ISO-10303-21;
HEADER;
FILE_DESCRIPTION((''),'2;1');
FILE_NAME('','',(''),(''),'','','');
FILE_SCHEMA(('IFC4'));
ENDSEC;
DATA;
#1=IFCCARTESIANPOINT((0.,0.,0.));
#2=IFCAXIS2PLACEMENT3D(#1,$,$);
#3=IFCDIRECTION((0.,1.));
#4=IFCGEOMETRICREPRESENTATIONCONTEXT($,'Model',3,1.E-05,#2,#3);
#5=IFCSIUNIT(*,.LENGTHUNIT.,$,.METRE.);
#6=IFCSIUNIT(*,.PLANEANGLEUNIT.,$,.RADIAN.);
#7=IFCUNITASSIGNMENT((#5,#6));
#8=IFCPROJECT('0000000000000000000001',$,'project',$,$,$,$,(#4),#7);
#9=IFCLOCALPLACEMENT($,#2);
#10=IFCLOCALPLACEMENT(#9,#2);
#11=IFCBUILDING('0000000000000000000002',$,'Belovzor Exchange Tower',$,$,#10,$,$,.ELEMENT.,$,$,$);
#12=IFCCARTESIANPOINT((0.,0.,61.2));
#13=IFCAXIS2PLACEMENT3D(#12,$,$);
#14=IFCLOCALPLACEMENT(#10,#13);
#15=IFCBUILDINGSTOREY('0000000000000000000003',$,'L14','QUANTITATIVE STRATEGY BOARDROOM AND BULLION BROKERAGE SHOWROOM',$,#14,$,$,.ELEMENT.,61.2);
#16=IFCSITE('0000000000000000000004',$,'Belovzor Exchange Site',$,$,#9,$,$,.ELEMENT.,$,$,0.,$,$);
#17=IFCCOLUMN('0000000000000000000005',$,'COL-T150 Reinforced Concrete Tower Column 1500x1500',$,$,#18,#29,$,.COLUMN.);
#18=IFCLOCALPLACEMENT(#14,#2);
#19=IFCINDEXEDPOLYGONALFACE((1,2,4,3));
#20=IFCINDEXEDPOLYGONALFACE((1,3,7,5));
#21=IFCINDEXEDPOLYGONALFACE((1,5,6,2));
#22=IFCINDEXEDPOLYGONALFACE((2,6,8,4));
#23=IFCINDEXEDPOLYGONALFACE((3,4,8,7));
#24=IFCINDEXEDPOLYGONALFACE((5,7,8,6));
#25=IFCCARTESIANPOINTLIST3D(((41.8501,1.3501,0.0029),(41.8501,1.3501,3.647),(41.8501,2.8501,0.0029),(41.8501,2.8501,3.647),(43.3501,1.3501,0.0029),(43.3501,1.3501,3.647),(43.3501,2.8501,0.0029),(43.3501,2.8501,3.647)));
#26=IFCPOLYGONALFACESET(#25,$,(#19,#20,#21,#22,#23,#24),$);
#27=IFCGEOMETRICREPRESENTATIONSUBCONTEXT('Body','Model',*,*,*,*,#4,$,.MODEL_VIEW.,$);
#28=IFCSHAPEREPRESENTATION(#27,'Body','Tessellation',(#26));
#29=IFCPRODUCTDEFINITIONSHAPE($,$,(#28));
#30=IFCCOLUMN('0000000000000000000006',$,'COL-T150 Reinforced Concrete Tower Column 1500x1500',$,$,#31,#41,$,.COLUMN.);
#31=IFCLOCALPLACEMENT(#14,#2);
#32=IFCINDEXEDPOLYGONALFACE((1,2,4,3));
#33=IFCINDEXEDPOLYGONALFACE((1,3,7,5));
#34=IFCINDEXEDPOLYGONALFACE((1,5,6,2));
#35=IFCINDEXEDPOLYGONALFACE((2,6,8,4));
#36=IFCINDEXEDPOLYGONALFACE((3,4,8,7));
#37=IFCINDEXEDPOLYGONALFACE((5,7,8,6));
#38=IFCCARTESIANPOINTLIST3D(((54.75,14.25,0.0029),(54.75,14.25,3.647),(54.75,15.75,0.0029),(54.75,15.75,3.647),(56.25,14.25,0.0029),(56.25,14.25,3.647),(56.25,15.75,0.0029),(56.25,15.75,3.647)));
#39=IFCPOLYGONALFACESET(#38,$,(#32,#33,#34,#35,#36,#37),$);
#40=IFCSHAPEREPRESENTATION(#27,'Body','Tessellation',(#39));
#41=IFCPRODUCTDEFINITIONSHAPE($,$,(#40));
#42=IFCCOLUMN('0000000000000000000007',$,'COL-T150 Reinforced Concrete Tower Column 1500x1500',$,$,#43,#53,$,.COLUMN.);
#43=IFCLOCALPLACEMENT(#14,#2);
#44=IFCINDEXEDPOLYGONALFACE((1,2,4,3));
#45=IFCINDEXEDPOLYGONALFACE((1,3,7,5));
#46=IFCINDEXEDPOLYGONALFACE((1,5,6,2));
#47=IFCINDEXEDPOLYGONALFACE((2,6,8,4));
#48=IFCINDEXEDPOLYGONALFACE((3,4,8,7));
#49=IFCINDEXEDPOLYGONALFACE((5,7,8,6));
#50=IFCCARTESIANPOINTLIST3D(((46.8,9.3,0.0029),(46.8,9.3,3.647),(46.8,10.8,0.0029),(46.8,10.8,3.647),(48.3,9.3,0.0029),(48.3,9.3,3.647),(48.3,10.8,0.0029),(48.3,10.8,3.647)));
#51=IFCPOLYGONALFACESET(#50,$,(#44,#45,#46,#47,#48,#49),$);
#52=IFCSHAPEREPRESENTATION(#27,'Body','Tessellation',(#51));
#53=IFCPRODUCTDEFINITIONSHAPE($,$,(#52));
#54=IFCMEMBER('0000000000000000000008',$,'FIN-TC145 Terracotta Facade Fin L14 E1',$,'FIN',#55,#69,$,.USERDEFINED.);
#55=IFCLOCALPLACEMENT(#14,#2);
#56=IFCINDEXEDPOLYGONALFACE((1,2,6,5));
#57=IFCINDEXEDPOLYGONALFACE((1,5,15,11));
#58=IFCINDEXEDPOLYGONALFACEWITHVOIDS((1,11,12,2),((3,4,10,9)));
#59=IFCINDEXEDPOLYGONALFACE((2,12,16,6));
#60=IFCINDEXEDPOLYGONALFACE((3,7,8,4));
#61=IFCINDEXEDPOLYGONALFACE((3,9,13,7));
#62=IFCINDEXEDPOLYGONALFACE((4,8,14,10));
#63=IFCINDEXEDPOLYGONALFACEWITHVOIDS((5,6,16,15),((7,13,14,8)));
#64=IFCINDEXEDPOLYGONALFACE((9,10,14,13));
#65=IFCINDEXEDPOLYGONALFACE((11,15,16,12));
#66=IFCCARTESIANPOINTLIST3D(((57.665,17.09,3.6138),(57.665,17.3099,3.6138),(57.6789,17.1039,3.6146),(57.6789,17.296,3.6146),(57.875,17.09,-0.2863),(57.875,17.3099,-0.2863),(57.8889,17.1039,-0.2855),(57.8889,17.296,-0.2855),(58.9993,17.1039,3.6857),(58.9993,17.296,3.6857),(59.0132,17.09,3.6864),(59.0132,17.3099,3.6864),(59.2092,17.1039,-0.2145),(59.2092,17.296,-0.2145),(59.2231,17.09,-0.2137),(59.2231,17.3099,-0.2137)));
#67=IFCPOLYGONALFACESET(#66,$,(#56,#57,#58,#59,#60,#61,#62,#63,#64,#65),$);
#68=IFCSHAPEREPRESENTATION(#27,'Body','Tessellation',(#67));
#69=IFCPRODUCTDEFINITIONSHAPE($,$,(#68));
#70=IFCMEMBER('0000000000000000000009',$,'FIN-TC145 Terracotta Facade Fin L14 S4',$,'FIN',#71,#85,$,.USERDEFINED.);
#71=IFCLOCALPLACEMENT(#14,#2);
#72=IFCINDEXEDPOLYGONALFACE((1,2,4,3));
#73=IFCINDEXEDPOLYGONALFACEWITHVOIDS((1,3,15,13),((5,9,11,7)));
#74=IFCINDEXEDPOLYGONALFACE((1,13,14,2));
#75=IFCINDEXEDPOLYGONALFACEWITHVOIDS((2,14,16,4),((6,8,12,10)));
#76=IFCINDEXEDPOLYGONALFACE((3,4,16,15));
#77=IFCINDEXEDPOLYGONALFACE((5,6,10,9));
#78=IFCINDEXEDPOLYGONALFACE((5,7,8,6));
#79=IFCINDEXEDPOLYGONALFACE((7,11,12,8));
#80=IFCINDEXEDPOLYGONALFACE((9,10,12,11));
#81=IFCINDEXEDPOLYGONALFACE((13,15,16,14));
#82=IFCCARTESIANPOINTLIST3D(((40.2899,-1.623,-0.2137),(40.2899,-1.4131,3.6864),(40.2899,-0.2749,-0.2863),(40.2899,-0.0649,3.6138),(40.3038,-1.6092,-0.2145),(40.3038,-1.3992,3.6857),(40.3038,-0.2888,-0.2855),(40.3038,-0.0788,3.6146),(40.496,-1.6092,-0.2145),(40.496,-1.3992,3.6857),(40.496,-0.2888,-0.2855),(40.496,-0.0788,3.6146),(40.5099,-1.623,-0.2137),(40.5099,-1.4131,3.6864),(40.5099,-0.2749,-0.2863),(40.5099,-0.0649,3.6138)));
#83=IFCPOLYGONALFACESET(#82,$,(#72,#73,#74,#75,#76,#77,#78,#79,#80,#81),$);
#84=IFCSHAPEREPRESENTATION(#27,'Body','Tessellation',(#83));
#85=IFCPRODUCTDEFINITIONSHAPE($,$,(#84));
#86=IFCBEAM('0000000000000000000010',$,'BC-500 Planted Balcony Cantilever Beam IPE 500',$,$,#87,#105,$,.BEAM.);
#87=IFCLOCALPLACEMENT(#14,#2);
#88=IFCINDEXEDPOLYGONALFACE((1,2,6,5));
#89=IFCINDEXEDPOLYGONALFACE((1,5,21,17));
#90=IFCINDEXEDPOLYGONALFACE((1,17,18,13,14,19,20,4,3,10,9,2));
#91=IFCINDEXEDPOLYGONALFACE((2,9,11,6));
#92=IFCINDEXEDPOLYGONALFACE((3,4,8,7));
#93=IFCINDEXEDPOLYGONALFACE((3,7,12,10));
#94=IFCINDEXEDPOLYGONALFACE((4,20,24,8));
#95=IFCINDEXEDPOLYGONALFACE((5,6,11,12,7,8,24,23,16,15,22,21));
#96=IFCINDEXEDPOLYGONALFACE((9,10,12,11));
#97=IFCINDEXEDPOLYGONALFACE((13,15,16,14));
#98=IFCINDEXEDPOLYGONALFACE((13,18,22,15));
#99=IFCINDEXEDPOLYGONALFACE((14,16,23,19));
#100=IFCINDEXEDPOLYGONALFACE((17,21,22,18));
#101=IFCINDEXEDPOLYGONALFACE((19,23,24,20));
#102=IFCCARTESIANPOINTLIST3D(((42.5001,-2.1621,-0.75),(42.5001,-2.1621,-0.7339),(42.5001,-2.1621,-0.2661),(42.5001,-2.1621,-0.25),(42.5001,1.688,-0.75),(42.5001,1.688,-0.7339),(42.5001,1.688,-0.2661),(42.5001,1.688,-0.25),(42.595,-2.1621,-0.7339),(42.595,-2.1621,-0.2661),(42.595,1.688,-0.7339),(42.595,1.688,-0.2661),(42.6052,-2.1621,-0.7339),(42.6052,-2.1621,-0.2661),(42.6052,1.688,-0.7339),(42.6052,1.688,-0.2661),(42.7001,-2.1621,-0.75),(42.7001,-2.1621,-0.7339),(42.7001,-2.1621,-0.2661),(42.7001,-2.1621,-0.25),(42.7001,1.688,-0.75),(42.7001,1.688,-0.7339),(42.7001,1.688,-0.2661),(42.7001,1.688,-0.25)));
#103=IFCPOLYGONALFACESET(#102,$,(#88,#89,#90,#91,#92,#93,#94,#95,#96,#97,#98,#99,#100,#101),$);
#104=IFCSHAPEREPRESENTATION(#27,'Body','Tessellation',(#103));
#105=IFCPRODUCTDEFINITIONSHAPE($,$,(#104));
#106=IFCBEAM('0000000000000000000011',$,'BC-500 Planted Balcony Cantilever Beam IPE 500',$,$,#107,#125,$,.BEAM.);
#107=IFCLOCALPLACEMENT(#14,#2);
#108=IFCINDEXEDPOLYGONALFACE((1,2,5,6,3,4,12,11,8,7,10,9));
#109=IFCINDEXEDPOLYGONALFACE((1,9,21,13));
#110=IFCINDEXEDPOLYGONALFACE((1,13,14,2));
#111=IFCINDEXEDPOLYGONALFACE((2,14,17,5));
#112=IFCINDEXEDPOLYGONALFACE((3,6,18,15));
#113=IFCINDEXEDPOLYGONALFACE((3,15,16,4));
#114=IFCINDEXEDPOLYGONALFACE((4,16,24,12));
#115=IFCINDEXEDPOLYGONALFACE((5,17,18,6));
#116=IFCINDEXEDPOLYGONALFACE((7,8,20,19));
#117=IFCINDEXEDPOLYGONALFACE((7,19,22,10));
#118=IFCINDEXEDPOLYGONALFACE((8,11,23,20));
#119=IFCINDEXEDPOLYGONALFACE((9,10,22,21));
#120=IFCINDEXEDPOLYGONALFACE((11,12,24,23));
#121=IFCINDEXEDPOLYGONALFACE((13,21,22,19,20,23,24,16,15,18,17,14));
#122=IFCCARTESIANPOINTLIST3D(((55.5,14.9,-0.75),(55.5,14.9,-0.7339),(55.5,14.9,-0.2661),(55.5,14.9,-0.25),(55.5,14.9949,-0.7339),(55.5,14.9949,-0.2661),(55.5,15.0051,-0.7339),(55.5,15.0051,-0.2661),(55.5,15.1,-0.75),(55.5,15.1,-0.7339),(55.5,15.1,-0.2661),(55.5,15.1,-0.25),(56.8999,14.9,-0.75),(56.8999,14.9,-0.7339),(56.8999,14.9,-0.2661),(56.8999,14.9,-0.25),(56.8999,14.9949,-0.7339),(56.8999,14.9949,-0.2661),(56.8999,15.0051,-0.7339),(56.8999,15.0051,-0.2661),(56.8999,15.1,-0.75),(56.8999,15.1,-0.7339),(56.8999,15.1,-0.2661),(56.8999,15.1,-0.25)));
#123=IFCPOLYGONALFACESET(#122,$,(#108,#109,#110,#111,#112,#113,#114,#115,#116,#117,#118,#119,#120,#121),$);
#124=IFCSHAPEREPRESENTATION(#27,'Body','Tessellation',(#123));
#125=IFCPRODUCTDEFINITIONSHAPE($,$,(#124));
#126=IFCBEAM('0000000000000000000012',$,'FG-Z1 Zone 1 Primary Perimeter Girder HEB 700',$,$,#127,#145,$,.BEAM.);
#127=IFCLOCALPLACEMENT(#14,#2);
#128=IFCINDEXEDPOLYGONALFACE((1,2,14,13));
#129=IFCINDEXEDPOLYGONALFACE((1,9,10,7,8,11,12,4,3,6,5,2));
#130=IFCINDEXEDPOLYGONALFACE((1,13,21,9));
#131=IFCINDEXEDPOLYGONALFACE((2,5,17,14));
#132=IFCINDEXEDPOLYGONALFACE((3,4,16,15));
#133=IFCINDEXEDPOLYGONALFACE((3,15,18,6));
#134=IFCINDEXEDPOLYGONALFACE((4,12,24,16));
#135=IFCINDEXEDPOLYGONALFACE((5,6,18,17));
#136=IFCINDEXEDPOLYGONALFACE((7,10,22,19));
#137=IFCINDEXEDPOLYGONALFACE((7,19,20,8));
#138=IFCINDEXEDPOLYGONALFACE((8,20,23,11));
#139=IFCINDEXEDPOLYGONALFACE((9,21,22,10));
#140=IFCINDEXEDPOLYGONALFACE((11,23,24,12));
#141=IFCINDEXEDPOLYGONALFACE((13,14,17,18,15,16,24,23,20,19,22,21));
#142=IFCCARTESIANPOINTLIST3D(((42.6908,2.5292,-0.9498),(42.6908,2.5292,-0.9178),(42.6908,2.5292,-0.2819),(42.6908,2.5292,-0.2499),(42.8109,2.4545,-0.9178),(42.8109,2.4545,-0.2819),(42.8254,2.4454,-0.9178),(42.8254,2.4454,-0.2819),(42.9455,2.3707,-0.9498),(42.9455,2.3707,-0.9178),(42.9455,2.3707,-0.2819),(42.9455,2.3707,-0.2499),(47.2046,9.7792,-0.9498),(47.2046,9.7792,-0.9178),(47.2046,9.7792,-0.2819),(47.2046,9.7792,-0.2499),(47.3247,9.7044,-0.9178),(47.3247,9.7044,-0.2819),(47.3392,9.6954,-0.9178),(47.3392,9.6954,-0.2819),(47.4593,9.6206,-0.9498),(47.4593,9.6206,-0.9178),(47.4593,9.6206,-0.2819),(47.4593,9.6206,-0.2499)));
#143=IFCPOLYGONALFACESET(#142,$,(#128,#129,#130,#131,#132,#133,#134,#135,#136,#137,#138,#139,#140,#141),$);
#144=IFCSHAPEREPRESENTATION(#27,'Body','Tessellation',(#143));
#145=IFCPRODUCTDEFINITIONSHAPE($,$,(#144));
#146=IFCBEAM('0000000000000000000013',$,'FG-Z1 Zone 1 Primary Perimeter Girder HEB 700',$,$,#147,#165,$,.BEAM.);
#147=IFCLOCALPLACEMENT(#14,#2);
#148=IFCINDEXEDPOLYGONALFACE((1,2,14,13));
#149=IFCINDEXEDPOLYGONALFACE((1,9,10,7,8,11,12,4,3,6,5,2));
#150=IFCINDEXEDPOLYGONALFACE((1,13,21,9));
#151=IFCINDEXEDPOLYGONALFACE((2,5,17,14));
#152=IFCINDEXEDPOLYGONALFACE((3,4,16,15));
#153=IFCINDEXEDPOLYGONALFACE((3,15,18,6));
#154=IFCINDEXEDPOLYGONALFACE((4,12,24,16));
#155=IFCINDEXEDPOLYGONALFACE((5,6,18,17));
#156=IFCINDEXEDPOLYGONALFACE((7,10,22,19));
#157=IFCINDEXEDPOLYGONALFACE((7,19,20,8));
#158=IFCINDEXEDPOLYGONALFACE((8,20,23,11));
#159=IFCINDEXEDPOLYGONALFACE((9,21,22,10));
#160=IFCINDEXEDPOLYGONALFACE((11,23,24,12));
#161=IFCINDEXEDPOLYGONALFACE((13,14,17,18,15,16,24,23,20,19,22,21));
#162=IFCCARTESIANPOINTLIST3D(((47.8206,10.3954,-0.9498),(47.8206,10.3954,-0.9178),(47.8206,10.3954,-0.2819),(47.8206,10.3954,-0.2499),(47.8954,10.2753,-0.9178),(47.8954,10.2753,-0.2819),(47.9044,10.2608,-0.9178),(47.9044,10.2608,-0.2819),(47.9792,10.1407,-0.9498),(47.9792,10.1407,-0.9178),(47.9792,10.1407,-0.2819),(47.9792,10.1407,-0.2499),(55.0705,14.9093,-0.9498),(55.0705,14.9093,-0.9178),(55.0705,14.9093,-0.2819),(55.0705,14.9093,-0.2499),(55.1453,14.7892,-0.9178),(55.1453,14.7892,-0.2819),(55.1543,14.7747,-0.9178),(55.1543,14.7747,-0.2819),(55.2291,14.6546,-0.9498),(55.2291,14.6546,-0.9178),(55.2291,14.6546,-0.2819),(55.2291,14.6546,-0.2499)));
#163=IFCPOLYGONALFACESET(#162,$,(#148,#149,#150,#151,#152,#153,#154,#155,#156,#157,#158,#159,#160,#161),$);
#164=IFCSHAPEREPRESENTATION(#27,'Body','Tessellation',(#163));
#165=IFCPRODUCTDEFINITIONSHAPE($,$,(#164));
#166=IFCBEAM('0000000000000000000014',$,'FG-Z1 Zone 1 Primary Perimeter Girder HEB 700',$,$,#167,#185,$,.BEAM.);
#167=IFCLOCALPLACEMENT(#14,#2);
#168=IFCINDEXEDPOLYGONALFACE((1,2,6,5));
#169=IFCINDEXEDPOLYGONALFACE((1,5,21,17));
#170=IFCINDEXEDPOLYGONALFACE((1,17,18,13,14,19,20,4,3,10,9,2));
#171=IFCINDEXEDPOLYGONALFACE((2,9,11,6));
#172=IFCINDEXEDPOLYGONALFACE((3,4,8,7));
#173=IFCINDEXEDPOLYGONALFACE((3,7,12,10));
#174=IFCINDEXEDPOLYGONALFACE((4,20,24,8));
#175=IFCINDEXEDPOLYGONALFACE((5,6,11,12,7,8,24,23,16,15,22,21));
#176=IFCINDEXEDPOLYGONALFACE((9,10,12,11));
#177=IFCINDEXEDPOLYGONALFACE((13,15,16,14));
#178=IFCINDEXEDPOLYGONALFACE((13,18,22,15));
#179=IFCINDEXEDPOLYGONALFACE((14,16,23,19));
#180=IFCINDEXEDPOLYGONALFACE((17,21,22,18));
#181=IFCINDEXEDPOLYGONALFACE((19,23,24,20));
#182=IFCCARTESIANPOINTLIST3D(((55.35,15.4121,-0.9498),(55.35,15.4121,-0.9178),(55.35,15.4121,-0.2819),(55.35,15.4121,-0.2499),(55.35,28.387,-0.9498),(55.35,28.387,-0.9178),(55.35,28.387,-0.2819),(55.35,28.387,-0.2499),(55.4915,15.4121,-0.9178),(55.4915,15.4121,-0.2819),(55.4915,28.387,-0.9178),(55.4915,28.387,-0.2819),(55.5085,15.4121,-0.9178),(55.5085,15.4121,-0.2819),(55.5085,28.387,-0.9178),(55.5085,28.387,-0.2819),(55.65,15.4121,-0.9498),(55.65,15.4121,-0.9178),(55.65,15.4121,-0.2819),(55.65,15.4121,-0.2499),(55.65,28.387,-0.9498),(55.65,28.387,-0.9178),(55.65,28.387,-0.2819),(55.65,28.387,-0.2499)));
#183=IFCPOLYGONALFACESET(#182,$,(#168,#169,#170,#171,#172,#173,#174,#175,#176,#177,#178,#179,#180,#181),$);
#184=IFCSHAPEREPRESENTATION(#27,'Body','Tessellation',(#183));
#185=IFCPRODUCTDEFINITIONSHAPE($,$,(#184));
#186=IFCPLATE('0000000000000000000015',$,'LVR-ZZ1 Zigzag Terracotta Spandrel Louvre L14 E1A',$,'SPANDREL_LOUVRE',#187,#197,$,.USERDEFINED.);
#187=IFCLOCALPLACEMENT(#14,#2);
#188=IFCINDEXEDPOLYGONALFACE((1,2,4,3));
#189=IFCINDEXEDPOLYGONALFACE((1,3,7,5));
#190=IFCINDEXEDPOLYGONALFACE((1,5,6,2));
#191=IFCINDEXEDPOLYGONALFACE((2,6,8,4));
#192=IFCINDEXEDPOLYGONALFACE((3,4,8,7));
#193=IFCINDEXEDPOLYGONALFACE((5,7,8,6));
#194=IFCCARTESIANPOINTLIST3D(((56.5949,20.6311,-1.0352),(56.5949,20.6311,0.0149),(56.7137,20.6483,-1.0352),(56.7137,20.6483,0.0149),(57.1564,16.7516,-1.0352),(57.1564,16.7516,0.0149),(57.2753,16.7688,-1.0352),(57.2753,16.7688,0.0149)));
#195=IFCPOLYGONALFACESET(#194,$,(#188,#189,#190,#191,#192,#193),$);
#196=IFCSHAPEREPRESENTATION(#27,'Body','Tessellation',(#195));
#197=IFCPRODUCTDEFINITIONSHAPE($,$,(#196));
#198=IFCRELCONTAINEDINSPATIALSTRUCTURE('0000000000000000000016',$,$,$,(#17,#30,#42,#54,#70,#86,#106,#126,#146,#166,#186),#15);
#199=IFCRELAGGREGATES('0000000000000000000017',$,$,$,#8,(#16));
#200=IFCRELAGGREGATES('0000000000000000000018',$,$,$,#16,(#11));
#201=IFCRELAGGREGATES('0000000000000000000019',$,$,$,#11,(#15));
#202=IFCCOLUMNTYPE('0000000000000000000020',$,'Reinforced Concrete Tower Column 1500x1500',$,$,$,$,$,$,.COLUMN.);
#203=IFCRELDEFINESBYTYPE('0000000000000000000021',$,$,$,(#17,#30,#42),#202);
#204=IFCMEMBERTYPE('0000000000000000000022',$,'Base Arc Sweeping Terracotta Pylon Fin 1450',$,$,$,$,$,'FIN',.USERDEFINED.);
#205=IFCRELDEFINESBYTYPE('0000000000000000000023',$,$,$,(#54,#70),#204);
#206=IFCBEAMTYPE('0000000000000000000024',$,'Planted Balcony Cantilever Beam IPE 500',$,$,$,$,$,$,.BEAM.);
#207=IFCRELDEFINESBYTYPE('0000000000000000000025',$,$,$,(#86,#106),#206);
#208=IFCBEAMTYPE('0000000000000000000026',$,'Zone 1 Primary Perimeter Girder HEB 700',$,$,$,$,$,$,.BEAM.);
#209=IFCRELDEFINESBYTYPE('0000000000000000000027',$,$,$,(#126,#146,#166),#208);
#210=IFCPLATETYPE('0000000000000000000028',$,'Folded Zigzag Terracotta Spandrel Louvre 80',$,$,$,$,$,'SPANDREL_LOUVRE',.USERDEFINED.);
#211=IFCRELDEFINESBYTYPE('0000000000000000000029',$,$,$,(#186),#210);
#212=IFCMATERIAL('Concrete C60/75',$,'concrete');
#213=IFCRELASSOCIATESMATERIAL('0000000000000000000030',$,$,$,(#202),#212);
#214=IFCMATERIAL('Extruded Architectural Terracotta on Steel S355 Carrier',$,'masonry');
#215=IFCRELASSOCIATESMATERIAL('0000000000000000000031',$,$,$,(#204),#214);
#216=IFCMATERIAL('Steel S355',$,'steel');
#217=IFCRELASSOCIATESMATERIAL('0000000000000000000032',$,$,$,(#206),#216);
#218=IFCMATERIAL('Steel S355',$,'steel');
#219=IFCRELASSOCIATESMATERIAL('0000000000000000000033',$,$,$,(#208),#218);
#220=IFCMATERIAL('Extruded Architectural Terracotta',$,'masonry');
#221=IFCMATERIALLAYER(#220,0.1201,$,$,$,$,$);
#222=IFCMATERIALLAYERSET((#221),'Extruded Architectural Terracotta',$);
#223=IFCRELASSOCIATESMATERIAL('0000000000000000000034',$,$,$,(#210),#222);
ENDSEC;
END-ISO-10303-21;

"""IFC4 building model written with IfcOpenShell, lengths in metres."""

from ifc_helpers import new_model, si_unit, direction, frame, origin, origin_2d, place, context, subcontext, project, spatial, rectangle, hollow_rectangle, i_section, extrude, material, layer, layer_set, material_profile, profile_set, type_object, element, save


model = new_model("IFC4")

# Units and contexts
model_context = context("Model", 3, precision=1e-05, world=origin(), true_north=direction((0.0, 1.0)))
body_context = subcontext(model_context, "Body", "Model", "MODEL_VIEW")
ifc_project = project(units=[si_unit("LENGTHUNIT", "METRE"), si_unit("PLANEANGLEUNIT", "RADIAN")], contexts=[model_context])

# Site, building, storey
site_placement = place(None, origin())
site = spatial("IfcSite", under=ifc_project, at=site_placement, Name="Belovzor Exchange Site", CompositionType="ELEMENT", RefElevation=0.0)
building_placement = place(site_placement, origin())
building = spatial("IfcBuilding", under=site, at=building_placement, Name="Belovzor Exchange Tower", CompositionType="ELEMENT")
storey_placement = place(building_placement, frame((0.0, 0.0, 61.2)))
storey = spatial("IfcBuildingStorey", under=building, at=storey_placement, Name="L14", Description="QUANTITATIVE STRATEGY BOARDROOM AND BULLION BROKERAGE SHOWROOM", CompositionType="ELEMENT", Elevation=61.2)

# Columns
ifc_material_1 = material(Name="Concrete C60/75", Category="concrete")
ifc_material_profile_1 = material_profile(ifc_material_1, rectangle(XDim=1.5, YDim=1.5, at=origin_2d()))
ifc_profile_set_1 = profile_set([ifc_material_profile_1], Name="Concrete C60/75")
column_type = type_object("IfcColumnType", Name="Reinforced Concrete Tower Column 1500x1500", PredefinedType="COLUMN", material=ifc_profile_set_1)
for number, where, z_axis, x_axis, name in (
    (1, (42.6001, 2.1001, 0.0029), (0.0, 0.0, 1.0), (1.0, 0.0, 0.0), "COL-T150 Reinforced Concrete Tower Column 1500x1500"),
    (2, (55.5, 15.0, 0.0029), (0.0, 0.0, 1.0), (1.0, 0.0, 0.0), "COL-T150 Reinforced Concrete Tower Column 1500x1500"),
    (3, (47.55, 10.05, 0.0029), (0.0, 0.0, 1.0), (1.0, 0.0, 0.0), "COL-T150 Reinforced Concrete Tower Column 1500x1500"),
):
    element("IfcColumn", number, at=place(storey_placement, frame(where, z_axis=z_axis, x_axis=x_axis)), inside=storey, type_object=column_type, Name=name, PredefinedType="COLUMN", context=body_context, shape_type="SweptSolid", body=[
        extrude(rectangle(XDim=1.5, YDim=1.5, at=origin_2d()), origin(), (0.0, 0.0, 1.0), 3.644),
    ])

# Members
ifc_material_2 = material(Name="Extruded Architectural Terracotta on Steel S355 Carrier", Category="masonry")
ifc_material_profile_2 = material_profile(ifc_material_2, hollow_rectangle(XDim=0.22, YDim=1.3501, WallThickness=0.0139, at=origin_2d()))
ifc_profile_set_2 = profile_set([ifc_material_profile_2], Name="Extruded Architectural Terracotta on Steel S355 Carrier")
member_type = type_object("IfcMemberType", Name="Base Arc Sweeping Terracotta Pylon Fin 1450", ElementType="FIN", PredefinedType="USERDEFINED", material=ifc_profile_set_2)
for number, where, z_axis, x_axis, name in (
    (4, (58.5491, 17.2, -0.25), (-0.053756, 0.0, 0.998554), (0.0, -1.0, 0.0), "FIN-TC145 Terracotta Facade Fin L14 E1"),
    (5, (40.3999, -0.949, -0.25), (0.0, 0.053756, 0.998554), (-1.0, 0.0, 0.0), "FIN-TC145 Terracotta Facade Fin L14 S4"),
):
    element("IfcMember", number, at=place(storey_placement, frame(where, z_axis=z_axis, x_axis=x_axis)), inside=storey, type_object=member_type, Name=name, ObjectType="FIN", PredefinedType="USERDEFINED", context=body_context, shape_type="SweptSolid", body=[
        extrude(hollow_rectangle(XDim=0.22, YDim=1.3501, WallThickness=0.0139, at=origin_2d()), origin(), (0.0, 0.0, 1.0), 3.9058),
    ])

# Beams
ifc_material_3 = material(Name="Steel S355", Category="steel")
ifc_material_profile_3 = material_profile(ifc_material_3, i_section(OverallWidth=0.2, OverallDepth=0.5, WebThickness=0.0103, FlangeThickness=0.0161, at=origin_2d()))
ifc_profile_set_3 = profile_set([ifc_material_profile_3], Name="Steel S355")
beam_type_1 = type_object("IfcBeamType", Name="Planted Balcony Cantilever Beam IPE 500", PredefinedType="BEAM", material=ifc_profile_set_3)
beam_1_placement = place(storey_placement, frame((42.6001, 1.688, -0.5), z_axis=(0.0, -1.0, 0.0), x_axis=(1.0, 0.0, 0.0)))
element("IfcBeam", 6, at=beam_1_placement, inside=storey, type_object=beam_type_1, Name="BC-500 Planted Balcony Cantilever Beam IPE 500", PredefinedType="BEAM", context=body_context, shape_type="SweptSolid", body=[
    extrude(i_section(OverallWidth=0.2, OverallDepth=0.5, WebThickness=0.0103, FlangeThickness=0.0161, at=origin_2d()), origin(), (0.0, 0.0, 1.0), 3.8501),
])
beam_2_placement = place(storey_placement, frame((55.5, 15.0, -0.5), z_axis=(1.0, 0.0, 0.0), x_axis=(0.0, 1.0, 0.0)))
element("IfcBeam", 7, at=beam_2_placement, inside=storey, type_object=beam_type_1, Name="BC-500 Planted Balcony Cantilever Beam IPE 500", PredefinedType="BEAM", context=body_context, shape_type="SweptSolid", body=[
    extrude(i_section(OverallWidth=0.2, OverallDepth=0.5, WebThickness=0.0103, FlangeThickness=0.0161, at=origin_2d()), origin(), (0.0, 0.0, 1.0), 1.3999),
])
ifc_material_4 = material(Name="Steel S355", Category="steel")
ifc_material_profile_4 = material_profile(ifc_material_4, i_section(OverallWidth=0.3, OverallDepth=0.7, WebThickness=0.0171, FlangeThickness=0.032, at=origin_2d()))
ifc_profile_set_4 = profile_set([ifc_material_profile_4], Name="Steel S355")
beam_type_2 = type_object("IfcBeamType", Name="Zone 1 Primary Perimeter Girder HEB 700", PredefinedType="BEAM", material=ifc_profile_set_4)
for number, where, z_axis, x_axis, name in (
    (8, (42.8181, 2.45, -0.5999), (0.528539, 0.848909, 0.0), (-0.848909, 0.528539, 0.0), "FG-Z1 Zone 1 Primary Perimeter Girder HEB 700"),
    (9, (47.8999, 10.2681, -0.5999), (0.848909, 0.528539, 0.0), (-0.528539, 0.848909, 0.0), "FG-Z1 Zone 1 Primary Perimeter Girder HEB 700"),
):
    element("IfcBeam", number, at=place(storey_placement, frame(where, z_axis=z_axis, x_axis=x_axis)), inside=storey, type_object=beam_type_2, Name=name, PredefinedType="BEAM", context=body_context, shape_type="SweptSolid", body=[
        extrude(i_section(OverallWidth=0.3, OverallDepth=0.7, WebThickness=0.0171, FlangeThickness=0.032, at=origin_2d()), origin(), (0.0, 0.0, 1.0), 8.5403),
    ])
beam_3_placement = place(storey_placement, frame((55.5, 15.4121, -0.5999), z_axis=(0.0, 1.0, 0.0), x_axis=(-1.0, 0.0, 0.0)))
element("IfcBeam", 10, at=beam_3_placement, inside=storey, type_object=beam_type_2, Name="FG-Z1 Zone 1 Primary Perimeter Girder HEB 700", PredefinedType="BEAM", context=body_context, shape_type="SweptSolid", body=[
    extrude(i_section(OverallWidth=0.3, OverallDepth=0.7, WebThickness=0.0171, FlangeThickness=0.032, at=origin_2d()), origin(), (0.0, 0.0, 1.0), 12.9749),
])

# Plate
ifc_material_5 = material(Name="Extruded Architectural Terracotta", Category="masonry")
ifc_layer_1 = layer(ifc_material_5, 0.1201)
ifc_layer_set_1 = layer_set([ifc_layer_1], Name="Extruded Architectural Terracotta")
plate_type = type_object("IfcPlateType", Name="Folded Zigzag Terracotta Spandrel Louvre 80", ElementType="SPANDREL_LOUVRE", PredefinedType="USERDEFINED", material=ifc_layer_set_1)
plate_placement = place(storey_placement, frame((56.9351, 18.7, -1.0352), z_axis=(0.0, 0.0, 1.0), x_axis=(-0.143251, 0.989686, 0.0)))
element("IfcPlate", 11, at=plate_placement, inside=storey, type_object=plate_type, Name="LVR-ZZ1 Zigzag Terracotta Spandrel Louvre L14 E1A", ObjectType="SPANDREL_LOUVRE", PredefinedType="USERDEFINED", context=body_context, shape_type="SweptSolid", body=[
    extrude(rectangle(XDim=3.9199, YDim=0.1201, at=origin_2d()), origin(), (0.0, 0.0, 1.0), 1.05),
])

save(model, "model.ifc")
